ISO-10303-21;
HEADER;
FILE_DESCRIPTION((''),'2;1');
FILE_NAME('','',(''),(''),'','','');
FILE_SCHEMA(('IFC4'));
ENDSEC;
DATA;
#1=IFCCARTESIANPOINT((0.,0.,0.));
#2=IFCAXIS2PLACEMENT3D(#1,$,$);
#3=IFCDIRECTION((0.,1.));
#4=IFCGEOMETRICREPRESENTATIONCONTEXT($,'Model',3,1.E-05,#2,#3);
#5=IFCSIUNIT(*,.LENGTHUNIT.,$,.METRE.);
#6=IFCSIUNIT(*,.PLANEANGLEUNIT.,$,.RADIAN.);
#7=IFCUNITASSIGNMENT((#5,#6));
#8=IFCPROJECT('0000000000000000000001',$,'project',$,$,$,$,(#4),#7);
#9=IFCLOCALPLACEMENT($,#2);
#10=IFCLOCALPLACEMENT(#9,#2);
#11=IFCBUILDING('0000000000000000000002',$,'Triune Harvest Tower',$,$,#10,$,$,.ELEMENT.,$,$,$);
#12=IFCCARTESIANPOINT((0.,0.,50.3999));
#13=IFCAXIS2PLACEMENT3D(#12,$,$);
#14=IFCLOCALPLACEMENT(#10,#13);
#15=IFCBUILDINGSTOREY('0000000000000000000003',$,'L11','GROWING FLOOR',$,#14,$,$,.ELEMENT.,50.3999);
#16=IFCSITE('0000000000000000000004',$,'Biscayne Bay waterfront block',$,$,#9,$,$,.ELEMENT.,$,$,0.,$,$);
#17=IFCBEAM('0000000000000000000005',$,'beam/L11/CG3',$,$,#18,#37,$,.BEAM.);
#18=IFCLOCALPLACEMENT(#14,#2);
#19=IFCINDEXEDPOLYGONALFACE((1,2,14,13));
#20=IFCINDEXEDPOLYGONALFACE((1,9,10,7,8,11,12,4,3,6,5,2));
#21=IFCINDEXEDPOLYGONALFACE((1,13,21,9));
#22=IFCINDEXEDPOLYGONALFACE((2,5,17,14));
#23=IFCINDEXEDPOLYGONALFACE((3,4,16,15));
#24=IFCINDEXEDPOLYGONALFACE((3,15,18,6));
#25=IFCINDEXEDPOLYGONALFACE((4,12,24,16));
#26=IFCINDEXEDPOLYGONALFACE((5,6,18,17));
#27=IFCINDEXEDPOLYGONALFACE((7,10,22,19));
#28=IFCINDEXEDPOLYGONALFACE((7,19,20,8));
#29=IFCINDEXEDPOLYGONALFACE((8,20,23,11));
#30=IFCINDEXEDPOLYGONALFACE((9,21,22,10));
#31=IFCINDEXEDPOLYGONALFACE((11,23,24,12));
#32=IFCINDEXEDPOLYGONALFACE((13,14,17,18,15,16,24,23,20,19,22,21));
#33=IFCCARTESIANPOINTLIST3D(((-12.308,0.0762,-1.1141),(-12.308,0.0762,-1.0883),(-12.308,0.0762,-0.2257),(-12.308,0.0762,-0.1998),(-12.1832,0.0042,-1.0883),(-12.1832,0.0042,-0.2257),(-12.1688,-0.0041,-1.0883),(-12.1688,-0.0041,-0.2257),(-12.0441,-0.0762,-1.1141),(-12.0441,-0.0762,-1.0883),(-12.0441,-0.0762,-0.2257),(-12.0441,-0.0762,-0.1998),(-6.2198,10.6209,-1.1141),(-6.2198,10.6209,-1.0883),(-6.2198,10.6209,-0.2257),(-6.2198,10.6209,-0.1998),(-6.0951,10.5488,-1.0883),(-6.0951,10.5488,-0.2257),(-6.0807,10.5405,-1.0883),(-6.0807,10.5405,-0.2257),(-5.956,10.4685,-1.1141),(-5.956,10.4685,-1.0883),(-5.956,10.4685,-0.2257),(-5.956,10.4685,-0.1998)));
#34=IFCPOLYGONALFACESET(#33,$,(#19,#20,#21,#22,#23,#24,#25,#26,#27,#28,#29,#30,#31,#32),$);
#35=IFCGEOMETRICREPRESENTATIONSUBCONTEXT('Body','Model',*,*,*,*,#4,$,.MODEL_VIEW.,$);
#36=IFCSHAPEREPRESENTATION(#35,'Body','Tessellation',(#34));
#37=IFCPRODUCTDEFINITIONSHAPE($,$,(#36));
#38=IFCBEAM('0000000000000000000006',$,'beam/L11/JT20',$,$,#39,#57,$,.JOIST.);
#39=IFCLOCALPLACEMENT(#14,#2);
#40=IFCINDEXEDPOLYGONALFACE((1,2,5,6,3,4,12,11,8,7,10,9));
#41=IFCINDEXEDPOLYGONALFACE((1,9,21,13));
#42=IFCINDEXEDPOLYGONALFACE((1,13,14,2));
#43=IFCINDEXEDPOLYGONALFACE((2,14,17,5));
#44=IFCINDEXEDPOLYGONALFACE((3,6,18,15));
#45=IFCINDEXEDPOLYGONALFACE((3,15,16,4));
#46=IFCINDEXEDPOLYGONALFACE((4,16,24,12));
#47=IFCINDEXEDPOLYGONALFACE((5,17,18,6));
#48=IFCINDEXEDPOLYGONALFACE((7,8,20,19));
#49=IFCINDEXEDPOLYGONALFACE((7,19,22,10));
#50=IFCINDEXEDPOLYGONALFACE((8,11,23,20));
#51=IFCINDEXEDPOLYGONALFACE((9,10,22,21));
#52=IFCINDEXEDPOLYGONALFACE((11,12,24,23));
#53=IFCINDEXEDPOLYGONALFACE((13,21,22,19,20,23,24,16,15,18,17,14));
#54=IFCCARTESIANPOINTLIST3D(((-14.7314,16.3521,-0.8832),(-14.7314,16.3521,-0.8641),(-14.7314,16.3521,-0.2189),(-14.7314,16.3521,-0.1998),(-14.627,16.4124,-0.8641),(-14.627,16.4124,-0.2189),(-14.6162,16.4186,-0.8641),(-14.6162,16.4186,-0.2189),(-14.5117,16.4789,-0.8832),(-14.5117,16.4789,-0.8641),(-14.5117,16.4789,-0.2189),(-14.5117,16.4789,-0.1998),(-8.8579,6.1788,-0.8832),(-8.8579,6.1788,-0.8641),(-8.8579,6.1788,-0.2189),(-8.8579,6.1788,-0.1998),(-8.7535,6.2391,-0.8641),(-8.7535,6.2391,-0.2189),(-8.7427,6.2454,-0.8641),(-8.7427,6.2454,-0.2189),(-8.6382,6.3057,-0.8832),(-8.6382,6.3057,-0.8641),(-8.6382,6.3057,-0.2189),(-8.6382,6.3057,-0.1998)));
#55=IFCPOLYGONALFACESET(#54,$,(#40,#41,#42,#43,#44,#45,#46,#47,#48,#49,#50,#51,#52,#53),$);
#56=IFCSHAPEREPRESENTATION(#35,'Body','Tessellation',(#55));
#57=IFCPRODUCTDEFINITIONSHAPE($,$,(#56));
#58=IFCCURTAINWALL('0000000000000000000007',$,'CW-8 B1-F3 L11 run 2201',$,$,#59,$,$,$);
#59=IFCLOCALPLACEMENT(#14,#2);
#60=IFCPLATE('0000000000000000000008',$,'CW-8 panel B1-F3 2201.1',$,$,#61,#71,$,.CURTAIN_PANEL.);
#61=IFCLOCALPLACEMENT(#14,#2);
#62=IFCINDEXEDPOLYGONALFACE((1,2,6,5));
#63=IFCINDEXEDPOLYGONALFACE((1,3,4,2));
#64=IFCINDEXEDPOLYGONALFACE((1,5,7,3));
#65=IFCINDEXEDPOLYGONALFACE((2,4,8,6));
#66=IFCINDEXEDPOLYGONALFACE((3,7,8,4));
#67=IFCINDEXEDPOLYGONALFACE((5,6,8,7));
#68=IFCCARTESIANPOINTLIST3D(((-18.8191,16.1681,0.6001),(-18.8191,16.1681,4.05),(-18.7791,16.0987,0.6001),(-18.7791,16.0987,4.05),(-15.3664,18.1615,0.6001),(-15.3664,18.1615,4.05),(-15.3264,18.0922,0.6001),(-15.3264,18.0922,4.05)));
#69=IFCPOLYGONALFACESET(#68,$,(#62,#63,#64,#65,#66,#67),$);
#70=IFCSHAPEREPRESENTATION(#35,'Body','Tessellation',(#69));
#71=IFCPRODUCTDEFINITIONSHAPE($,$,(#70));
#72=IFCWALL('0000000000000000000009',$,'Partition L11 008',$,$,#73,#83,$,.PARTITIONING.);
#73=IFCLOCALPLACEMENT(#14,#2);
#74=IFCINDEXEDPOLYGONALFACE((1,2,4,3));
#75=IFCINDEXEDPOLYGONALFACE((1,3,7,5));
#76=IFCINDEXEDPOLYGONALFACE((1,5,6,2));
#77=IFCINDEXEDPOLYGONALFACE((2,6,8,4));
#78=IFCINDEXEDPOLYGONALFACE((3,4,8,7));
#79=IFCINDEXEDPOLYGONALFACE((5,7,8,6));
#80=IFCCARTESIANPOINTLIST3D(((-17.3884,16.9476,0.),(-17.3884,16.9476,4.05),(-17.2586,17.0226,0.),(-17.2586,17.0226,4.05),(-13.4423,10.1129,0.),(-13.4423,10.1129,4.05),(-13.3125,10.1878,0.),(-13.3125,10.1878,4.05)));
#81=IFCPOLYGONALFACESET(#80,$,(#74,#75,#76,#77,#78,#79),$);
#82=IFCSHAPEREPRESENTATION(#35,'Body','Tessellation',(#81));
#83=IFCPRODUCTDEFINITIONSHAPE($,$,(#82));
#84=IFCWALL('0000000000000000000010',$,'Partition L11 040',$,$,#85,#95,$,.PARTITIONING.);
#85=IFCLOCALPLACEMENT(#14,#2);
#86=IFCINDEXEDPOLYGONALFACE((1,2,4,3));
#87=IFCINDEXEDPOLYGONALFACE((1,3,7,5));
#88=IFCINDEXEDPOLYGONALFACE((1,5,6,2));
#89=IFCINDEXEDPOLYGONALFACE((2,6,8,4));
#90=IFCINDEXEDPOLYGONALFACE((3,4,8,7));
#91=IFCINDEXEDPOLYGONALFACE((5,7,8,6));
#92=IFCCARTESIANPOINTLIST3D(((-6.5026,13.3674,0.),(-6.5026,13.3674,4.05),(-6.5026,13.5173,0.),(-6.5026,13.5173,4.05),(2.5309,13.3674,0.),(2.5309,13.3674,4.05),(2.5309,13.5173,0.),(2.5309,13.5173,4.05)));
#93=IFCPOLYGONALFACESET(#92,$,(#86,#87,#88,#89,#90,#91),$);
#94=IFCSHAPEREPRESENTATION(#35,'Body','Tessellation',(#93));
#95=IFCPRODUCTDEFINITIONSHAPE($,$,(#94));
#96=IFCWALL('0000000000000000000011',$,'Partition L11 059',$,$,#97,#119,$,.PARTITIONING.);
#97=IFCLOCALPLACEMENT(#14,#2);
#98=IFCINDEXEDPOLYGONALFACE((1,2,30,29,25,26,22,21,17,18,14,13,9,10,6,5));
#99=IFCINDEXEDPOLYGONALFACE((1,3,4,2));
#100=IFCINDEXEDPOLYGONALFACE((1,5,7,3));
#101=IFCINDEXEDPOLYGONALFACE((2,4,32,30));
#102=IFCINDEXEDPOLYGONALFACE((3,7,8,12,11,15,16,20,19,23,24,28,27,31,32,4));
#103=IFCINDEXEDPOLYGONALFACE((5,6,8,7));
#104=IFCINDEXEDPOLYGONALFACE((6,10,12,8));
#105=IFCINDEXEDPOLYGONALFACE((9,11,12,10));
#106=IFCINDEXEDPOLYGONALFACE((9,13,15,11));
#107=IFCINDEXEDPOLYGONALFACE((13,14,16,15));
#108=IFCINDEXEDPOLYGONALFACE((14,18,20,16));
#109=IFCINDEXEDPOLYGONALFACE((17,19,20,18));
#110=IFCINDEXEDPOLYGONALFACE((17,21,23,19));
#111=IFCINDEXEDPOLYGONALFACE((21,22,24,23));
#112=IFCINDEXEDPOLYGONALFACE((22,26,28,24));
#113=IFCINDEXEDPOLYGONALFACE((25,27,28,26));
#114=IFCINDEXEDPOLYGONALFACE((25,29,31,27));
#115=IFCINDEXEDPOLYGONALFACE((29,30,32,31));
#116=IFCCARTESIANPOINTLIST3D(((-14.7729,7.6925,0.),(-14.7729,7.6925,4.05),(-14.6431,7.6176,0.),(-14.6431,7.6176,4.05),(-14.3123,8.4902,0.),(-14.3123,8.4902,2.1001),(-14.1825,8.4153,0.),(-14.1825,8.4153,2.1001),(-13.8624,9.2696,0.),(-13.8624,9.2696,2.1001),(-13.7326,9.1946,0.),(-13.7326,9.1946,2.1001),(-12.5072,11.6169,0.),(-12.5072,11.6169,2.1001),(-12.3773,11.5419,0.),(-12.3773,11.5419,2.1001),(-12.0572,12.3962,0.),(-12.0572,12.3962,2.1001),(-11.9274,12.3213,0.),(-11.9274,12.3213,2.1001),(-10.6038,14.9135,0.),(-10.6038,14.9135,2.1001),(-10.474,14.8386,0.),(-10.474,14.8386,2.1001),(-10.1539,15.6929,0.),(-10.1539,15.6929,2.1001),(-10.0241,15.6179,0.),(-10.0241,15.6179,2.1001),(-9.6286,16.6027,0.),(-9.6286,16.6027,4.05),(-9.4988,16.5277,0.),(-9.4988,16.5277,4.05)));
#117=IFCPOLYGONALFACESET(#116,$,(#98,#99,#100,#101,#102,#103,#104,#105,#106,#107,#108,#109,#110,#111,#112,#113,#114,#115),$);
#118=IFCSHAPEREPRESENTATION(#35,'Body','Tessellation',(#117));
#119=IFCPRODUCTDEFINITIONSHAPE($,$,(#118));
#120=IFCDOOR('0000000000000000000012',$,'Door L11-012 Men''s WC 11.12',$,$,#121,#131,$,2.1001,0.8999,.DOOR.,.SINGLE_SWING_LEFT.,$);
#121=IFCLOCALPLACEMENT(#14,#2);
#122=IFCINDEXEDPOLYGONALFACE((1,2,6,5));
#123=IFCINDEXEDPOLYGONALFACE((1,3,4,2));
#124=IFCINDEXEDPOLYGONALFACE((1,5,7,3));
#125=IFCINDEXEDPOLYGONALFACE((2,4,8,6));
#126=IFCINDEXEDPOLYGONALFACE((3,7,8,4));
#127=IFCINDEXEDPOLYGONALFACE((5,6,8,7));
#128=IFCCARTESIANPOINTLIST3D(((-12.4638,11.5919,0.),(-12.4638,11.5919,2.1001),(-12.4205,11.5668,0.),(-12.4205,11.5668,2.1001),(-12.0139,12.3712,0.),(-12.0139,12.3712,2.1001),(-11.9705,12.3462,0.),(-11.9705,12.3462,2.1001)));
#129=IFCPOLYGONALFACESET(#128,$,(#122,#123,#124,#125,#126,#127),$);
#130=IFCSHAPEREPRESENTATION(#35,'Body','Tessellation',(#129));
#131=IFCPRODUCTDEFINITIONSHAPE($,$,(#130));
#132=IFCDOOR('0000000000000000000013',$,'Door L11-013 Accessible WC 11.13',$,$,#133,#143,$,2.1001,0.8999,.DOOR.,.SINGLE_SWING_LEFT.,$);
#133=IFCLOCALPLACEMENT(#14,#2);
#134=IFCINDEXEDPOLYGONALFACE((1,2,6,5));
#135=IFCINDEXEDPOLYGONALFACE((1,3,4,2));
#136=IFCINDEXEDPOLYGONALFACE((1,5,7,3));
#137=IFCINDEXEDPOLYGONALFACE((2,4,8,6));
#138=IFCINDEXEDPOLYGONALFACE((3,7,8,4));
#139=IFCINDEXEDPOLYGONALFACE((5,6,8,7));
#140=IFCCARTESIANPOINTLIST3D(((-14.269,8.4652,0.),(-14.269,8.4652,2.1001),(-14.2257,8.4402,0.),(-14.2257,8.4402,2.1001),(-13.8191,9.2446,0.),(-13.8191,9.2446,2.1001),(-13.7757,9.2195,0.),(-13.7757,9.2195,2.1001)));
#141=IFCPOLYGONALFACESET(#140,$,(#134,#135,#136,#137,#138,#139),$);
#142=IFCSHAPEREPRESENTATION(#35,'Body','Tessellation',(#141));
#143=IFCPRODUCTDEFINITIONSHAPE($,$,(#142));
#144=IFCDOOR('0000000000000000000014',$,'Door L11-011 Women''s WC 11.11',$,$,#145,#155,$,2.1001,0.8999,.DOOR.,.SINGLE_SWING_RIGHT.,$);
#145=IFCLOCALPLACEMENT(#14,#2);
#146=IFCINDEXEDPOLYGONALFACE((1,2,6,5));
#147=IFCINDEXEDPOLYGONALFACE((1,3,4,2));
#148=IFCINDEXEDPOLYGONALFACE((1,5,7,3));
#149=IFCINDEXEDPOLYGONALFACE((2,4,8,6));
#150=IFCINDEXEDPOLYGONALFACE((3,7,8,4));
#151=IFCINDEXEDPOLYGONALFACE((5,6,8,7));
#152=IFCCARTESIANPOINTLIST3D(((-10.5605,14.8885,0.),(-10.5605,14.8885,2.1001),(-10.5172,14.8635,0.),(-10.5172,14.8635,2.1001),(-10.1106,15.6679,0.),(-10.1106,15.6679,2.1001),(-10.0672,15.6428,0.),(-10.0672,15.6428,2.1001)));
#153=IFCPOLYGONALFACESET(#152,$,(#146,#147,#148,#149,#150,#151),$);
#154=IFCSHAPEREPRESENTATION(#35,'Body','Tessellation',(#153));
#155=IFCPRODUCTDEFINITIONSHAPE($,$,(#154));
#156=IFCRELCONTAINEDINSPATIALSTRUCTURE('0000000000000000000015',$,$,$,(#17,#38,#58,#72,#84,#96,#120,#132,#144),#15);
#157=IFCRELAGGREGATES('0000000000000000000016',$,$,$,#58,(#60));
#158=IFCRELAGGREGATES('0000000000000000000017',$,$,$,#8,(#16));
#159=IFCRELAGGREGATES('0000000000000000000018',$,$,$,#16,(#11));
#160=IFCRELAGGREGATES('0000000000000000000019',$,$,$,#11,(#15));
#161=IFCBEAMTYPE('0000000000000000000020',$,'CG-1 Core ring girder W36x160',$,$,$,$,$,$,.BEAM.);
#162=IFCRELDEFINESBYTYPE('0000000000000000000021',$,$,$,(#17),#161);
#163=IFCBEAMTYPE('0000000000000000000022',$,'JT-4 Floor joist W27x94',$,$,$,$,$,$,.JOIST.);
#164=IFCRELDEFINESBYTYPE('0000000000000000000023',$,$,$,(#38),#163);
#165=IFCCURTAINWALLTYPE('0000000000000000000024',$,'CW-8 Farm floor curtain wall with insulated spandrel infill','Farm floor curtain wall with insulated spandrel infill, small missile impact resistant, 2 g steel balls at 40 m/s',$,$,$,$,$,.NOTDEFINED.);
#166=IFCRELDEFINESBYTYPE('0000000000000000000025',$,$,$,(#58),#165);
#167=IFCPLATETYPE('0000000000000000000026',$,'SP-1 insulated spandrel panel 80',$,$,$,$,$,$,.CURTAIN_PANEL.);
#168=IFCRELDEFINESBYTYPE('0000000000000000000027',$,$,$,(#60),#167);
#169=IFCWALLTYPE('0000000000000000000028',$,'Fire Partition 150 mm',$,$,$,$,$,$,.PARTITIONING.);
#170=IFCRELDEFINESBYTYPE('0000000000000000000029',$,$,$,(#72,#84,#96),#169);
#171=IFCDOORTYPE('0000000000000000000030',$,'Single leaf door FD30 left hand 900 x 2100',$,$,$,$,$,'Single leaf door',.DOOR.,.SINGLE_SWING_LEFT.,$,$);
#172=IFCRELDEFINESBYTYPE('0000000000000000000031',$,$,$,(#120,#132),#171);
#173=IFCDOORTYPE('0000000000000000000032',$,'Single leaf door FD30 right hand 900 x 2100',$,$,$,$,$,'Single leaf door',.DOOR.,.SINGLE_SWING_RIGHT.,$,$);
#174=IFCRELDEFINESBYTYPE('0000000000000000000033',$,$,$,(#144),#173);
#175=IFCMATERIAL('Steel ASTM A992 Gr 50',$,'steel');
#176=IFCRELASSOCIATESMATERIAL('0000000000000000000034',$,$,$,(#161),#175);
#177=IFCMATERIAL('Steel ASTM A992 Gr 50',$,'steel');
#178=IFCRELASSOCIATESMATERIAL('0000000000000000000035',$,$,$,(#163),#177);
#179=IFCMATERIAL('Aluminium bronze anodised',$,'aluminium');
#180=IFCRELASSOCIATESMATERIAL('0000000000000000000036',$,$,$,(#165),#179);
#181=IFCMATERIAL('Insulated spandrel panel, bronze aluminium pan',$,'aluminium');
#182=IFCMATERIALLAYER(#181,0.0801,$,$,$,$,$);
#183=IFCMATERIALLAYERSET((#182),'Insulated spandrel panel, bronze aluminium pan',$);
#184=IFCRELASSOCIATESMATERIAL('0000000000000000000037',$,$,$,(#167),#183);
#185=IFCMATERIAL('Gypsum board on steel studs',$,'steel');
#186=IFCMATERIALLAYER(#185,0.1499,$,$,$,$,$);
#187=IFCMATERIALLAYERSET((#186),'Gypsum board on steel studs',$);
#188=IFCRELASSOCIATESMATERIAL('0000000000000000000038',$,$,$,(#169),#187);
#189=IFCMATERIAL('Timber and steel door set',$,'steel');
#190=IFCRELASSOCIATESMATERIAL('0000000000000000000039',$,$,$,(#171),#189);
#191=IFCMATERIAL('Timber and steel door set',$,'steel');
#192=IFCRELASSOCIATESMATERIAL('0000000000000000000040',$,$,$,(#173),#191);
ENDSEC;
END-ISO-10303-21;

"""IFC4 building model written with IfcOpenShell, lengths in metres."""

from ifc_helpers import new_model, si_unit, direction, frame, frame_2d, origin, origin_2d, place, context, subcontext, project, spatial, rectangle, i_section, extrude, source, transform, mapped, material, layer, layer_set, material_profile, profile_set, type_object, element, fill, aggregate, save


model = new_model("IFC4")

# Units and contexts
model_context = context("Model", 3, precision=1e-05, world=origin(), true_north=direction((0.0, 1.0)))
body_context = subcontext(model_context, "Body", "Model", "MODEL_VIEW")
ifc_project = project(units=[si_unit("LENGTHUNIT", "METRE"), si_unit("PLANEANGLEUNIT", "RADIAN")], contexts=[model_context])

# Site, building, storey
site_placement = place(None, origin())
site = spatial("IfcSite", under=ifc_project, at=site_placement, Name="Biscayne Bay waterfront block", CompositionType="ELEMENT", RefElevation=0.0)
building_placement = place(site_placement, origin())
building = spatial("IfcBuilding", under=site, at=building_placement, Name="Triune Harvest Tower", CompositionType="ELEMENT")
storey_placement = place(building_placement, frame((0.0, 0.0, 50.3999)))
storey = spatial("IfcBuildingStorey", under=building, at=storey_placement, Name="L11", Description="GROWING FLOOR", CompositionType="ELEMENT", Elevation=50.3999)

# Beams
ifc_material_1 = material(Name="Steel ASTM A992 Gr 50", Category="steel")
ifc_material_profile_1 = material_profile(ifc_material_1, i_section(OverallWidth=0.3047, OverallDepth=0.9143, WebThickness=0.0166, FlangeThickness=0.0259, at=origin_2d()), Name="W36x160")
ifc_profile_set_1 = profile_set([ifc_material_profile_1], Name="Steel ASTM A992 Gr 50")
beam_type_1 = type_object("IfcBeamType", Name="CG-1 Core ring girder W36x160", PredefinedType="BEAM", material=ifc_profile_set_1)
shared_shape_1 = source(origin(), body_context, "Body", "SweptSolid", [
    extrude(i_section(OverallWidth=0.3047, OverallDepth=0.9143, WebThickness=0.0166, FlangeThickness=0.0259, at=origin_2d()), origin(), (0.0, 0.0, 1.0), 12.176),
])
beam_1_placement = place(storey_placement, frame((-6.0879, 10.5447, -0.657), z_axis=(-0.50001, -0.86602, 0.0), x_axis=(0.86602, -0.50001, 0.0)))
element("IfcBeam", 1, at=beam_1_placement, inside=storey, type_object=beam_type_1, Name="beam/L11/CG3", PredefinedType="BEAM", context=body_context, shape_type="MappedRepresentation", body=[
    mapped(shared_shape_1, transform((0.0, 0.0, 0.0), scale=1.0)),
])
ifc_material_2 = material(Name="Steel ASTM A992 Gr 50", Category="steel")
ifc_material_profile_2 = material_profile(ifc_material_2, i_section(OverallWidth=0.2537, OverallDepth=0.6833, WebThickness=0.0125, FlangeThickness=0.019, at=origin_2d()), Name="W27x94")
ifc_profile_set_2 = profile_set([ifc_material_profile_2], Name="Steel ASTM A992 Gr 50")
beam_type_2 = type_object("IfcBeamType", Name="JT-4 Floor joist W27x94", PredefinedType="JOIST", material=ifc_profile_set_2)
shared_shape_2 = source(origin(), body_context, "Body", "SweptSolid", [
    extrude(i_section(OverallWidth=0.2537, OverallDepth=0.6833, WebThickness=0.0125, FlangeThickness=0.019, at=origin_2d()), origin(), (0.0, 0.0, 1.0), 11.7471),
])
beam_2_placement = place(storey_placement, frame((-14.6216, 16.4155, -0.5415), z_axis=(0.499997, -0.866027, 0.0), x_axis=(0.866027, 0.499997, 0.0)))
element("IfcBeam", 2, at=beam_2_placement, inside=storey, type_object=beam_type_2, Name="beam/L11/JT20", PredefinedType="JOIST", context=body_context, shape_type="MappedRepresentation", body=[
    mapped(shared_shape_2, transform((0.0, 0.0, 0.0), scale=1.0)),
])

# Curtain wall, plate
ifc_material_3 = material(Name="Aluminium bronze anodised", Category="aluminium")
curtain_wall_type = type_object("IfcCurtainWallType", Name="CW-8 Farm floor curtain wall with insulated spandrel infill", Description="Farm floor curtain wall with insulated spandrel infill, small missile impact resistant, 2 g steel balls at 40 m/s", PredefinedType="NOTDEFINED", material=ifc_material_3)
curtain_wall_placement = place(storey_placement, origin())
curtain_wall = element("IfcCurtainWall", 3, at=curtain_wall_placement, inside=storey, type_object=curtain_wall_type, Name="CW-8 B1-F3 L11 run 2201")
ifc_material_4 = material(Name="Insulated spandrel panel, bronze aluminium pan", Category="aluminium")
ifc_layer_1 = layer(ifc_material_4, 0.0801)
ifc_layer_set_1 = layer_set([ifc_layer_1], Name="Insulated spandrel panel, bronze aluminium pan")
plate_type = type_object("IfcPlateType", Name="SP-1 insulated spandrel panel 80", PredefinedType="CURTAIN_PANEL", material=ifc_layer_set_1)
shared_shape_3 = source(origin(), body_context, "Body", "SweptSolid", [
    extrude(rectangle(XDim=3.9868, YDim=0.0801, at=origin_2d()), origin(), (0.0, 0.0, 1.0), 3.45),
])
plate_placement = place(storey_placement, frame((-17.0728, 17.1301, 0.6001), z_axis=(0.0, 0.0, 1.0), x_axis=(-0.866019, -0.500011, 0.0)))
plate = element("IfcPlate", 4, at=plate_placement, type_object=plate_type, Name="CW-8 panel B1-F3 2201.1", PredefinedType="CURTAIN_PANEL", context=body_context, shape_type="MappedRepresentation", body=[
    mapped(shared_shape_3, transform((0.0, 0.0, 0.0), scale=1.0)),
])
aggregate(curtain_wall, [plate])

# Walls
ifc_material_5 = material(Name="Gypsum board on steel studs", Category="steel")
ifc_layer_2 = layer(ifc_material_5, 0.1499)
ifc_layer_set_2 = layer_set([ifc_layer_2], Name="Gypsum board on steel studs")
wall_type_1 = type_object("IfcWallType", Name="Fire Partition 150 mm", PredefinedType="PARTITIONING", material=ifc_layer_set_2)
wall_1_placement = place(storey_placement, frame((-17.3235, 16.9851, 0.0), z_axis=(0.0, 0.0, 1.0), x_axis=(0.500002, -0.866024, 0.0)))
element("IfcWall", 5, at=wall_1_placement, inside=storey, type_object=wall_type_1, Name="Partition L11 008", PredefinedType="PARTITIONING", context=body_context, shape_type="SweptSolid", body=[
    extrude(rectangle(XDim=7.8921, YDim=0.1499, at=frame_2d((3.946, 0.0))), origin(), (0.0, 0.0, 1.0), 4.05),
])
wall_2_placement = place(storey_placement, frame((-6.5024, 13.4424, 0.0), z_axis=(0.0, 0.0, 1.0), x_axis=(1.0, 0.0, 0.0)))
element("IfcWall", 6, at=wall_2_placement, inside=storey, type_object=wall_type_1, Name="Partition L11 040", PredefinedType="PARTITIONING", context=body_context, shape_type="SweptSolid", body=[
    extrude(rectangle(XDim=9.0334, YDim=0.1499, at=frame_2d((4.5166, 0.0))), origin(), (0.0, 0.0, 1.0), 4.05),
])

# Wall, openings, doors
wall_3_placement = place(storey_placement, frame((-14.708, 7.655, 0.0), z_axis=(0.0, 0.0, 1.0), x_axis=(0.5, 0.866025, 0.0)))
wall_3 = element("IfcWall", 7, at=wall_3_placement, inside=storey, type_object=wall_type_1, Name="Partition L11 059", PredefinedType="PARTITIONING", context=body_context, shape_type="SweptSolid", body=[
    extrude(rectangle(XDim=10.2886, YDim=0.1499, at=frame_2d((5.1443, 0.0))), origin(), (0.0, 0.0, 1.0), 4.05),
])
opening_1_placement = place(wall_3_placement, frame((8.3381, 0.0, 0.0)))
opening_1 = element("IfcOpeningElement", 8, at=opening_1_placement, cuts=wall_3, PredefinedType="OPENING", context=body_context, shape_type="SweptSolid", body=[
    extrude(rectangle(XDim=0.8999, YDim=2.1001, at=frame_2d((0.45, 1.05))), frame((0.0, 0.085, 0.0), z_axis=(0.0, -1.0, 0.0), x_axis=(1.0, 0.0, 0.0)), (0.0, 0.0, 1.0), 0.1699),
])
opening_2_placement = place(wall_3_placement, frame((4.5315, 0.0, 0.0)))
opening_2 = element("IfcOpeningElement", 9, at=opening_2_placement, cuts=wall_3, PredefinedType="OPENING", context=body_context, shape_type="SweptSolid", body=[
    extrude(rectangle(XDim=0.8999, YDim=2.1001, at=frame_2d((0.45, 1.05))), frame((0.0, 0.085, 0.0), z_axis=(0.0, -1.0, 0.0), x_axis=(1.0, 0.0, 0.0)), (0.0, 0.0, 1.0), 0.1699),
])
opening_3_placement = place(wall_3_placement, frame((0.9211, 0.0, 0.0)))
opening_3 = element("IfcOpeningElement", 10, at=opening_3_placement, cuts=wall_3, PredefinedType="OPENING", context=body_context, shape_type="SweptSolid", body=[
    extrude(rectangle(XDim=0.8999, YDim=2.1001, at=frame_2d((0.45, 1.05))), frame((0.0, 0.085, 0.0), z_axis=(0.0, -1.0, 0.0), x_axis=(1.0, 0.0, 0.0)), (0.0, 0.0, 1.0), 0.1699),
])
ifc_material_6 = material(Name="Timber and steel door set", Category="steel")
door_type_1 = type_object("IfcDoorType", Name="Single leaf door FD30 left hand 900 x 2100", ElementType="Single leaf door", OperationType="SINGLE_SWING_LEFT", PredefinedType="DOOR", material=ifc_material_6)
door_1_placement = place(opening_2_placement, origin())
door_1 = element("IfcDoor", 11, at=door_1_placement, inside=storey, type_object=door_type_1, Name="Door L11-012 Men's WC 11.12", OperationType="SINGLE_SWING_LEFT", OverallHeight=2.1001, OverallWidth=0.8999, PredefinedType="DOOR", context=body_context, shape_type="SweptSolid", body=[
    extrude(rectangle(XDim=0.8999, YDim=2.1001, at=frame_2d((0.45, 1.05))), frame((0.0, 0.0249, 0.0), z_axis=(0.0, -1.0, 0.0), x_axis=(1.0, 0.0, 0.0)), (0.0, 0.0, 1.0), 0.05),
])
fill(opening_2, door_1)
door_2_placement = place(opening_3_placement, origin())
door_2 = element("IfcDoor", 12, at=door_2_placement, inside=storey, type_object=door_type_1, Name="Door L11-013 Accessible WC 11.13", OperationType="SINGLE_SWING_LEFT", OverallHeight=2.1001, OverallWidth=0.8999, PredefinedType="DOOR", context=body_context, shape_type="SweptSolid", body=[
    extrude(rectangle(XDim=0.8999, YDim=2.1001, at=frame_2d((0.45, 1.05))), frame((0.0, 0.0249, 0.0), z_axis=(0.0, -1.0, 0.0), x_axis=(1.0, 0.0, 0.0)), (0.0, 0.0, 1.0), 0.05),
])
fill(opening_3, door_2)
ifc_material_7 = material(Name="Timber and steel door set", Category="steel")
door_type_2 = type_object("IfcDoorType", Name="Single leaf door FD30 right hand 900 x 2100", ElementType="Single leaf door", OperationType="SINGLE_SWING_RIGHT", PredefinedType="DOOR", material=ifc_material_7)
door_3_placement = place(opening_1_placement, origin())
door_3 = element("IfcDoor", 13, at=door_3_placement, inside=storey, type_object=door_type_2, Name="Door L11-011 Women's WC 11.11", OperationType="SINGLE_SWING_RIGHT", OverallHeight=2.1001, OverallWidth=0.8999, PredefinedType="DOOR", context=body_context, shape_type="SweptSolid", body=[
    extrude(rectangle(XDim=0.8999, YDim=2.1001, at=frame_2d((0.45, 1.05))), frame((0.0, 0.0249, 0.0), z_axis=(0.0, -1.0, 0.0), x_axis=(1.0, 0.0, 0.0)), (0.0, 0.0, 1.0), 0.05),
])
fill(opening_1, door_3)

save(model, "model.ifc")
